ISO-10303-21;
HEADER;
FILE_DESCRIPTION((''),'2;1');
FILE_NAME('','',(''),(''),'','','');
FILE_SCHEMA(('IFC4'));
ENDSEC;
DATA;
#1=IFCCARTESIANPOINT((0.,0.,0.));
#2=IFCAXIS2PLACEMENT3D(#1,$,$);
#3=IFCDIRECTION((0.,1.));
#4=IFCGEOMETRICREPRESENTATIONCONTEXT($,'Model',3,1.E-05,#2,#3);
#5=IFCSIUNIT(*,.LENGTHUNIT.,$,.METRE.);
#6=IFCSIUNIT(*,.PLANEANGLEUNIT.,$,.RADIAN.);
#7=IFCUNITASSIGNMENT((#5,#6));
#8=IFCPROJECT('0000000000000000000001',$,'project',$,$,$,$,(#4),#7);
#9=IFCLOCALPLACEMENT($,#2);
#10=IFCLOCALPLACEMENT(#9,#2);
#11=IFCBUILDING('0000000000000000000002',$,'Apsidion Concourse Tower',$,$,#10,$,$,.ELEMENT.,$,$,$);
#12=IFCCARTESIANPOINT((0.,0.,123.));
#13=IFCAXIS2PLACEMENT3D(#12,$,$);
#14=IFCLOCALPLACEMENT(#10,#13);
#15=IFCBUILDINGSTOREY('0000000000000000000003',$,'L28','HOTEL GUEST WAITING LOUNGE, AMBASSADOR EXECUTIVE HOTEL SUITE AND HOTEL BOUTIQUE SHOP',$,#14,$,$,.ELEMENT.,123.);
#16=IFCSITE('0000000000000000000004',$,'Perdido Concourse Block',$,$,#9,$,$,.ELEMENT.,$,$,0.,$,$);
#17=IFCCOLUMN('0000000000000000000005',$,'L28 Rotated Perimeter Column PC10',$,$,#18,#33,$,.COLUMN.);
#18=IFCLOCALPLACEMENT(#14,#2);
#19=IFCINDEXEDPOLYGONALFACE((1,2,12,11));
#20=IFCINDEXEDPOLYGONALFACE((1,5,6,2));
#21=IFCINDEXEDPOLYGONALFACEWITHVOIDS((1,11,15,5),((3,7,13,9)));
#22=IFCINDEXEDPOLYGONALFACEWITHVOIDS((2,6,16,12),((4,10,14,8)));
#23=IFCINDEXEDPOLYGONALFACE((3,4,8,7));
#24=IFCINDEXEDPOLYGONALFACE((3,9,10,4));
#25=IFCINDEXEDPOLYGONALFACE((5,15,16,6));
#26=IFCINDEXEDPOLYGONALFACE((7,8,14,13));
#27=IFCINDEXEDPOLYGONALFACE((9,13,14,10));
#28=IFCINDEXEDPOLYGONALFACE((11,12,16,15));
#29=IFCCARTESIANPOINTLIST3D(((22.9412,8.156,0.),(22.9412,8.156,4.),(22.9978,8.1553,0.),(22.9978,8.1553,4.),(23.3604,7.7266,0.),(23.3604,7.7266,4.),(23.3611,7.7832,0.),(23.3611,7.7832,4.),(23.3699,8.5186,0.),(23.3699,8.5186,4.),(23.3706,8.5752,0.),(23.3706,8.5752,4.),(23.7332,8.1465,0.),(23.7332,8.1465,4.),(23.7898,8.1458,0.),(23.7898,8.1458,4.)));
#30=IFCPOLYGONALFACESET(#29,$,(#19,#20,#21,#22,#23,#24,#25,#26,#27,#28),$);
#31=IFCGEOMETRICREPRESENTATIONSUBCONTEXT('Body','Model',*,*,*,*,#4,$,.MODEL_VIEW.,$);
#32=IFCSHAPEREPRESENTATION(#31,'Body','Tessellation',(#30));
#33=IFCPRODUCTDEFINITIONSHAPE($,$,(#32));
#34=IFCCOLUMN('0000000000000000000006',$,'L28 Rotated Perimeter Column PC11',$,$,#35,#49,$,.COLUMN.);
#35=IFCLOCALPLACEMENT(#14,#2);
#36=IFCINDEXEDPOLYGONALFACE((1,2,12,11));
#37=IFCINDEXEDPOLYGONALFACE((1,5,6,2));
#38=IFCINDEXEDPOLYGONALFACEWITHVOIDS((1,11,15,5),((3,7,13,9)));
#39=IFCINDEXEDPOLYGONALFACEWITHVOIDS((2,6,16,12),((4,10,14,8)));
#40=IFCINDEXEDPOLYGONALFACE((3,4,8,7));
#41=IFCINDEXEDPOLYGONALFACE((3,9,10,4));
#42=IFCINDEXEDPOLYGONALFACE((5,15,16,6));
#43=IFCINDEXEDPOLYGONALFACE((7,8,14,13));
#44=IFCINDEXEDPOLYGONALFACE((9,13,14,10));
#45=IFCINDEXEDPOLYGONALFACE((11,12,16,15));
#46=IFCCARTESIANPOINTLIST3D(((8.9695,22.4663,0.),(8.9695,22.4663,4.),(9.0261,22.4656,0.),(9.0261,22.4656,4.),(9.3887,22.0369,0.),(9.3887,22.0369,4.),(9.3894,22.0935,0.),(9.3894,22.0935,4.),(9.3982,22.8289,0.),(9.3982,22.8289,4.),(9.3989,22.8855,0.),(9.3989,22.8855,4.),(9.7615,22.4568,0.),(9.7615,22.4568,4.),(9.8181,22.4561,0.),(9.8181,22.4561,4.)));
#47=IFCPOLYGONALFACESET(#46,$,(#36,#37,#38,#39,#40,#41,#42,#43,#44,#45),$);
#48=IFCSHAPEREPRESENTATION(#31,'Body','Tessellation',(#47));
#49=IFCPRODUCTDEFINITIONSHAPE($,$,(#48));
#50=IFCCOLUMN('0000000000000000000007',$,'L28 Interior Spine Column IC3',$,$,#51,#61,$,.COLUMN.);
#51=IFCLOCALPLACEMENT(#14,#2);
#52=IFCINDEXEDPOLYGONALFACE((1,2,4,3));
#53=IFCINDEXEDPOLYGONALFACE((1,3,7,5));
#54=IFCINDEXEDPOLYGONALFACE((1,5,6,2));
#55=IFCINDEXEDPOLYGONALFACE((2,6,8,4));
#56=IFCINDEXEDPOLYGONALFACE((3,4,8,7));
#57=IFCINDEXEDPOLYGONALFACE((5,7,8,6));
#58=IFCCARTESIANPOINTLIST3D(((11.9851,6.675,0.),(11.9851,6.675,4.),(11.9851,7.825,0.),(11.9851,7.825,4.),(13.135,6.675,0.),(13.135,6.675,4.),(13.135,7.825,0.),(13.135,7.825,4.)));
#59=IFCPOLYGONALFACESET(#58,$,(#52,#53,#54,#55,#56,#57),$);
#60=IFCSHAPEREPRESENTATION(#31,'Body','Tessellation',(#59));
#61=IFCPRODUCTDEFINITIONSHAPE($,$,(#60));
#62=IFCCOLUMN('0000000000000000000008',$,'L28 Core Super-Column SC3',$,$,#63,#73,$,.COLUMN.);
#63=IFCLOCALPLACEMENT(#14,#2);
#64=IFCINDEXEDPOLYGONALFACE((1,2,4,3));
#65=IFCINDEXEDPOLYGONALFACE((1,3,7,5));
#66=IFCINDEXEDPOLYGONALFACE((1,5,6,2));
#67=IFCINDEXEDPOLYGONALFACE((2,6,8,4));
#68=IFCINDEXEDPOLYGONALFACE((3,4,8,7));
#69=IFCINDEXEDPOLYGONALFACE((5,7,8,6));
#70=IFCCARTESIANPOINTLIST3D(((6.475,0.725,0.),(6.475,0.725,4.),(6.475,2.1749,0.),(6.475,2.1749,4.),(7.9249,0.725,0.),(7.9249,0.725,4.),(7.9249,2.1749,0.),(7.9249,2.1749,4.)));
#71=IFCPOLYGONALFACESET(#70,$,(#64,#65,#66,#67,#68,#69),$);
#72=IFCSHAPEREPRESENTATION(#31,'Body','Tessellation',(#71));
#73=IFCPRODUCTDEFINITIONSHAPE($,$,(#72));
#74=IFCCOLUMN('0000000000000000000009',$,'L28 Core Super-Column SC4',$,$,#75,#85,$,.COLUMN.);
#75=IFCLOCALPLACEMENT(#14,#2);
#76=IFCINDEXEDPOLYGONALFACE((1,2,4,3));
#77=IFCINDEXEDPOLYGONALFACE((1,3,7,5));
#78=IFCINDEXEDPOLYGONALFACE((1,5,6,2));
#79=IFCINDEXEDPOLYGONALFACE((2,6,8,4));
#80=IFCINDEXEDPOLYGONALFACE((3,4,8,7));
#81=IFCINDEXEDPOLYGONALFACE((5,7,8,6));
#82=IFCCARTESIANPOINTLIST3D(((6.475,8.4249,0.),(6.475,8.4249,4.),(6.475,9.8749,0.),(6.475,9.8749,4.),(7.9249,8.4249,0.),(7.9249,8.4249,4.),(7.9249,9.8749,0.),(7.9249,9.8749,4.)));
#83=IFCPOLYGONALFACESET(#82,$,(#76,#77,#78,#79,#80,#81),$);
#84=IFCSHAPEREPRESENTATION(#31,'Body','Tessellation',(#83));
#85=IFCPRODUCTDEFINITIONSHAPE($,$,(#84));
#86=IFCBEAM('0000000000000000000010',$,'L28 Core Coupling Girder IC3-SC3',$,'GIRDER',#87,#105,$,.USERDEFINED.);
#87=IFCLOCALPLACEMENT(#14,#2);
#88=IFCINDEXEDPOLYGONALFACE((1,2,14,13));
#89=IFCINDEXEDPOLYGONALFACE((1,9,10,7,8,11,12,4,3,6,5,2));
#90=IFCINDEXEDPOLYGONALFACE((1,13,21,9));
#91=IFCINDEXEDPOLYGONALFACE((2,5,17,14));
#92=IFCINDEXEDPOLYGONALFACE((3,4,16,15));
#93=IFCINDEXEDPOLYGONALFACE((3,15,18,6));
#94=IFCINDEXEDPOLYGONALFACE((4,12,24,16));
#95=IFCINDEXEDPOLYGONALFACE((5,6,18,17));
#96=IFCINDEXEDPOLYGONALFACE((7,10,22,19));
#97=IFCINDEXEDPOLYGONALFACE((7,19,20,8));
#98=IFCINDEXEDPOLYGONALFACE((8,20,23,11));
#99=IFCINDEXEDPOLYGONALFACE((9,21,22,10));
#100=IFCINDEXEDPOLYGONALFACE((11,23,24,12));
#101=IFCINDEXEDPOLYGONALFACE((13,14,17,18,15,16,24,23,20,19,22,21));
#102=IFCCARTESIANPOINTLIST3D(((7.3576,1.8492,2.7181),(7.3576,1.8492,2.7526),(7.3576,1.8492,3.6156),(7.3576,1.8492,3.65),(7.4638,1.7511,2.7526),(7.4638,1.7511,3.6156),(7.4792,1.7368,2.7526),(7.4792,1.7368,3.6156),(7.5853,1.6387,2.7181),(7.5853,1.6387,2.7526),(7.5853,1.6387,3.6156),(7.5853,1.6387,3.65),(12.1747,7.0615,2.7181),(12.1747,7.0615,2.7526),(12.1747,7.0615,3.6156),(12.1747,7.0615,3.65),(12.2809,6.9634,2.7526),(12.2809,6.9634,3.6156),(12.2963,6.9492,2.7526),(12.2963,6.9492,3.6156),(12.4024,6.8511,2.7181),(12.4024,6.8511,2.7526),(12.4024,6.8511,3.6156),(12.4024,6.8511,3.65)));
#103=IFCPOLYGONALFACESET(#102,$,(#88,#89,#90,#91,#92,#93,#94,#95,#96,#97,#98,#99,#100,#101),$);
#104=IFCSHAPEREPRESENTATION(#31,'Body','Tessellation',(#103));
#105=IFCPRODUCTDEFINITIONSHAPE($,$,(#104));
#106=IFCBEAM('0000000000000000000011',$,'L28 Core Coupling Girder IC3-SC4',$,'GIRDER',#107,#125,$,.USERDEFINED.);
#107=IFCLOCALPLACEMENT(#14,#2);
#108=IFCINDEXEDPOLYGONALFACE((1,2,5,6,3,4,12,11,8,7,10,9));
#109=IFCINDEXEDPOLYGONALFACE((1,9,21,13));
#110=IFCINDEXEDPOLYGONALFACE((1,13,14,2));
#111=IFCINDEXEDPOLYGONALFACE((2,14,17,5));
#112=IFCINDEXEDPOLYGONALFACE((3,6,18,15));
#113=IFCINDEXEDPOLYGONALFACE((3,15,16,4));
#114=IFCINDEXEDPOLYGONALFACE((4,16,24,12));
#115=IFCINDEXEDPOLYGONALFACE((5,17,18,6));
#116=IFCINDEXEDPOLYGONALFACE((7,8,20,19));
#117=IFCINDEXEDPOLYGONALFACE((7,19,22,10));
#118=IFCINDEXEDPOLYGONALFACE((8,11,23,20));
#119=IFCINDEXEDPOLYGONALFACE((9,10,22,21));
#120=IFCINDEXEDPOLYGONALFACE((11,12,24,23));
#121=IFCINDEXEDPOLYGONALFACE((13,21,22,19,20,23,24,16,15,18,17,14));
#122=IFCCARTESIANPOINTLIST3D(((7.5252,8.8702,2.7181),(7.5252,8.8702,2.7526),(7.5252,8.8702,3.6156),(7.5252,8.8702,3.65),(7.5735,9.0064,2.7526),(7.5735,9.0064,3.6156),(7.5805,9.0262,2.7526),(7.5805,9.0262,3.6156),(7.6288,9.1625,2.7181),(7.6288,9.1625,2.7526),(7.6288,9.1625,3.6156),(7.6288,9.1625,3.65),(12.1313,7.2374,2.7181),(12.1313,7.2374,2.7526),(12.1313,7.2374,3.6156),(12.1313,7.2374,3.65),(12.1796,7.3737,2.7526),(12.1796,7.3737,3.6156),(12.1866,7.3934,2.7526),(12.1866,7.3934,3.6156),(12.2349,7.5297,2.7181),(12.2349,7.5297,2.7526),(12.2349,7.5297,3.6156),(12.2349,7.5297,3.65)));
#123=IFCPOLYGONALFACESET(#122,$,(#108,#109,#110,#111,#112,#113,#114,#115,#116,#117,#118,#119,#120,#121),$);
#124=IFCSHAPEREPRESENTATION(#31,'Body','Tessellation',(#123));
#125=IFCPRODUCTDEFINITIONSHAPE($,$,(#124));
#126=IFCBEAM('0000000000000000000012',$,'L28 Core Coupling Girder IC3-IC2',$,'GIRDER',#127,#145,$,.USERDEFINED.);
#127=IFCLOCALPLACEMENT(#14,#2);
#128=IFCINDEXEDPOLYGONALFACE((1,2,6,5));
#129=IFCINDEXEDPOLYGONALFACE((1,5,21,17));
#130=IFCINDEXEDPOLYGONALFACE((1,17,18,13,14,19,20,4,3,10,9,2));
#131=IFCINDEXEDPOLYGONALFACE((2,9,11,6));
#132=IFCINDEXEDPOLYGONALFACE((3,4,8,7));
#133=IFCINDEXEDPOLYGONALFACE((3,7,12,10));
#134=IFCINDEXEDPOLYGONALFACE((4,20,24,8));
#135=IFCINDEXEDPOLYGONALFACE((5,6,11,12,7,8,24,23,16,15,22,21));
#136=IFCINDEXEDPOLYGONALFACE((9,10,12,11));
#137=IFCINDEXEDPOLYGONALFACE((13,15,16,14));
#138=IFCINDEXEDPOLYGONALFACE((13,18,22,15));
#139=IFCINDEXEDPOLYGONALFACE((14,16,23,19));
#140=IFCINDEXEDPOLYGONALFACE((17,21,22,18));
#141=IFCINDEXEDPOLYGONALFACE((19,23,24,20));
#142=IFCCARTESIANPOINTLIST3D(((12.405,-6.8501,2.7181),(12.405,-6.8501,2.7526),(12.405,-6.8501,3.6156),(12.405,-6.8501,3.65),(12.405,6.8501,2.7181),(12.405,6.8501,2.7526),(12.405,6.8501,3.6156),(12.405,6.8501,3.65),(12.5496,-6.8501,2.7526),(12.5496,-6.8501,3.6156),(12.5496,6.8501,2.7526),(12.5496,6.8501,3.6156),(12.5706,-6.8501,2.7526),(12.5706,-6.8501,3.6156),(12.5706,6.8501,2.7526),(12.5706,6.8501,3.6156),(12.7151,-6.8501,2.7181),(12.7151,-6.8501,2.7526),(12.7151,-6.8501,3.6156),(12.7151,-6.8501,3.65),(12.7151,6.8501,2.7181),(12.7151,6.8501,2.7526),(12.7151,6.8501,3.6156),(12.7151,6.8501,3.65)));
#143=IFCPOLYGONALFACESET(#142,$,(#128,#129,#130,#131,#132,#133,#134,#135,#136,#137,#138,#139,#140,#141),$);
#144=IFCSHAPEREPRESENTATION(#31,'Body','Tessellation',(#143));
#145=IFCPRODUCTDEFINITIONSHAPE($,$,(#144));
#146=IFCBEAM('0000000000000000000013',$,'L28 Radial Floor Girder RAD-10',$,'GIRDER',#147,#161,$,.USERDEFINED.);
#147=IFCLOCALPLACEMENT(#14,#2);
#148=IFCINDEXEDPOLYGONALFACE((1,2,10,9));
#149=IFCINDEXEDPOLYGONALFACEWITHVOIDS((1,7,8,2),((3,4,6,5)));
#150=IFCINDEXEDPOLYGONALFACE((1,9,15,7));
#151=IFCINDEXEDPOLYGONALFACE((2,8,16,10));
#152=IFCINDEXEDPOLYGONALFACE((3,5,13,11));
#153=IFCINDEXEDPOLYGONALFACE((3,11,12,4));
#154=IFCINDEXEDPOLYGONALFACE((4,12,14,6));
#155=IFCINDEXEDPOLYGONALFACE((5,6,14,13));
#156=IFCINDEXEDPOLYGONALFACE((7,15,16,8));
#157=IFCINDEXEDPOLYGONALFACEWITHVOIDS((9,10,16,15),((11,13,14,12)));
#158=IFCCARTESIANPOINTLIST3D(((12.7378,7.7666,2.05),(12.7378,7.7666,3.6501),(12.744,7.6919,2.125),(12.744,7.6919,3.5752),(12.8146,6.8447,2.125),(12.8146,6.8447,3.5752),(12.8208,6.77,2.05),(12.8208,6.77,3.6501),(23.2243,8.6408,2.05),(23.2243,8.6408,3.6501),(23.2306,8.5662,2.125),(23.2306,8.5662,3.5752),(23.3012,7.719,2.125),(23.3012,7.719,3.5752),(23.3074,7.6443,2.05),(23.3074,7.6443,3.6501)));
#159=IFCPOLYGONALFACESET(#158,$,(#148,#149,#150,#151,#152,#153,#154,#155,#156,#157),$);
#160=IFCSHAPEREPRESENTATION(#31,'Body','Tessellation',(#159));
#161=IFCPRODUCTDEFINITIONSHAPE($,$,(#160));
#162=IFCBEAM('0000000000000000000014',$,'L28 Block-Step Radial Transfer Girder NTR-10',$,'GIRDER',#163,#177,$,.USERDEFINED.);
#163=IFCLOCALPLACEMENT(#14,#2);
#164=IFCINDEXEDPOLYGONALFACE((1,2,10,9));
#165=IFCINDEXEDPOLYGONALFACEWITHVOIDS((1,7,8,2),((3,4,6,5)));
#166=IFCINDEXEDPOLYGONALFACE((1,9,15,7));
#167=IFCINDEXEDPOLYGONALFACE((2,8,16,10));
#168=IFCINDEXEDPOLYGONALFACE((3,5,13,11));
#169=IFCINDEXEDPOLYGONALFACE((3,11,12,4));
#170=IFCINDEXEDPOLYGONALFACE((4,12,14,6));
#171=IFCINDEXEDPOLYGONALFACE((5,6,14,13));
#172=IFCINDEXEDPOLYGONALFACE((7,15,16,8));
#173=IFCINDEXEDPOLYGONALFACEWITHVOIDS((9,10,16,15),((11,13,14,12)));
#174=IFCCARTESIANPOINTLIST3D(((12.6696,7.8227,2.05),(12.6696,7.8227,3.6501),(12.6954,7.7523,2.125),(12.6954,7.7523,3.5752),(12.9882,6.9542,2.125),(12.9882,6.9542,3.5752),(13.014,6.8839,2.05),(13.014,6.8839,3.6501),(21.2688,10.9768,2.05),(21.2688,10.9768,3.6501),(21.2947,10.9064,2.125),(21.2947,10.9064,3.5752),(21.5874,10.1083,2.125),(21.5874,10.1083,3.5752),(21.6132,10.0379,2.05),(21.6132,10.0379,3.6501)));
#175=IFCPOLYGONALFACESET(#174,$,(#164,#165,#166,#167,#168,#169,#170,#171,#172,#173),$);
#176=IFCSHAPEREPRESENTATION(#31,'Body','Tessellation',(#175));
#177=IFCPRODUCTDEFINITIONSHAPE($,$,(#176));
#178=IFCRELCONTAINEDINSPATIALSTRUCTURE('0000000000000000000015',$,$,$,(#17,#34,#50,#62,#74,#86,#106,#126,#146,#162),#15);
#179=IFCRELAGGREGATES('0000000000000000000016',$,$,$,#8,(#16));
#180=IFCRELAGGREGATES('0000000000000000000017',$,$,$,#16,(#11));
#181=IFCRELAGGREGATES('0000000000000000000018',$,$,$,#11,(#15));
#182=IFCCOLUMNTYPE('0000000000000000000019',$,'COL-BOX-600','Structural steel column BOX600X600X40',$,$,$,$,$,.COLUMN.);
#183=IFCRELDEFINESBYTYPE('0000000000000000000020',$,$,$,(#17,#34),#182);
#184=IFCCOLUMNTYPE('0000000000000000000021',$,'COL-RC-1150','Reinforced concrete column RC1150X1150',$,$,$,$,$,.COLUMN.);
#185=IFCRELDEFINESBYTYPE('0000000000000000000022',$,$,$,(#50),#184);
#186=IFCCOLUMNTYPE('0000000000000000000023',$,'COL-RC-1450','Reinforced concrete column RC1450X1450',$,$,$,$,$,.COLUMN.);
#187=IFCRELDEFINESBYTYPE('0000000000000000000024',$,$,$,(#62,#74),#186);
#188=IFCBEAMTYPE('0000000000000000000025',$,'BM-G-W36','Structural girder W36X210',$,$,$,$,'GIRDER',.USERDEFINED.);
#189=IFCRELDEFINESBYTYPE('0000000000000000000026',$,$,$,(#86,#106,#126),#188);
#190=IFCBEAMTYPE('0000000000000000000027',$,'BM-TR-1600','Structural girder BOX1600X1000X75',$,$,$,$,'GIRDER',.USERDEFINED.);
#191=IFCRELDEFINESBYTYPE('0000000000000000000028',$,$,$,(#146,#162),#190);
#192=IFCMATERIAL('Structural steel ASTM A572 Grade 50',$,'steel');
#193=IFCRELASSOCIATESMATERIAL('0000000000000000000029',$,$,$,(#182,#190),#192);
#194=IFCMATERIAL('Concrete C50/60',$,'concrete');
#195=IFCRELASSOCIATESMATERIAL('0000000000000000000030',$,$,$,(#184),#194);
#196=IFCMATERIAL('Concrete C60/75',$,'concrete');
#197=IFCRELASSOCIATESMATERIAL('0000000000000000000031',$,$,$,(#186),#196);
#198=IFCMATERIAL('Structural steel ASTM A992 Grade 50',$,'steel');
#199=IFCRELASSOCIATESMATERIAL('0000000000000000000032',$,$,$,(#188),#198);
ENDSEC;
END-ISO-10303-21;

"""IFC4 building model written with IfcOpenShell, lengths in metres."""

from ifc_helpers import new_model, si_unit, direction, frame, origin, origin_2d, place, context, subcontext, project, spatial, rectangle, hollow_rectangle, i_section, extrude, material, material_profile, profile_set, type_object, element, save


model = new_model("IFC4")

# Units and contexts
model_context = context("Model", 3, precision=1e-05, world=origin(), true_north=direction((0.0, 1.0)))
body_context = subcontext(model_context, "Body", "Model", "MODEL_VIEW")
ifc_project = project(units=[si_unit("LENGTHUNIT", "METRE"), si_unit("PLANEANGLEUNIT", "RADIAN")], contexts=[model_context])

# Site, building, storey
site_placement = place(None, origin())
site = spatial("IfcSite", under=ifc_project, at=site_placement, Name="Perdido Concourse Block", CompositionType="ELEMENT", RefElevation=0.0)
building_placement = place(site_placement, origin())
building = spatial("IfcBuilding", under=site, at=building_placement, Name="Apsidion Concourse Tower", CompositionType="ELEMENT")
storey_placement = place(building_placement, frame((0.0, 0.0, 123.0)))
storey = spatial("IfcBuildingStorey", under=building, at=storey_placement, Name="L28", Description="HOTEL GUEST WAITING LOUNGE, AMBASSADOR EXECUTIVE HOTEL SUITE AND HOTEL BOUTIQUE SHOP", CompositionType="ELEMENT", Elevation=123.0)

# Columns
ifc_material_1 = material(Name="Structural steel ASTM A572 Grade 50", Category="steel")
ifc_material_profile_1 = material_profile(ifc_material_1, hollow_rectangle(XDim=0.6001, YDim=0.6001, WallThickness=0.04, at=origin_2d()), Name="BOX600X600X40")
ifc_profile_set_1 = profile_set([ifc_material_profile_1], Name="Structural steel ASTM A572 Grade 50")
column_type_1 = type_object("IfcColumnType", Name="COL-BOX-600", Description="Structural steel column BOX600X600X40", PredefinedType="COLUMN", material=ifc_profile_set_1)
for number, where, z_axis, x_axis, name in (
    (1, (23.3655, 8.1509, 0.0), (0.0, 0.0, 1.0), (-0.69854, 0.715571, 0.0), "L28 Rotated Perimeter Column PC10"),
    (2, (9.3938, 22.4612, 0.0), (0.0, 0.0, 1.0), (-0.69854, 0.715571, 0.0), "L28 Rotated Perimeter Column PC11"),
):
    element("IfcColumn", number, at=place(storey_placement, frame(where, z_axis=z_axis, x_axis=x_axis)), inside=storey, type_object=column_type_1, Name=name, PredefinedType="COLUMN", context=body_context, shape_type="SweptSolid", body=[
        extrude(hollow_rectangle(XDim=0.6001, YDim=0.6001, WallThickness=0.04, at=origin_2d()), origin(), (0.0, 0.0, 1.0), 4.0),
    ])
ifc_material_2 = material(Name="Concrete C50/60", Category="concrete")
ifc_material_profile_2 = material_profile(ifc_material_2, rectangle(XDim=1.1499, YDim=1.1499, at=origin_2d()), Name="RC 1150x1150")
ifc_profile_set_2 = profile_set([ifc_material_profile_2], Name="Concrete C50/60")
column_type_2 = type_object("IfcColumnType", Name="COL-RC-1150", Description="Reinforced concrete column RC1150X1150", PredefinedType="COLUMN", material=ifc_profile_set_2)
column_placement = place(storey_placement, frame((12.5601, 7.25, 0.0), z_axis=(0.0, 0.0, 1.0), x_axis=(1.0, 0.0, 0.0)))
element("IfcColumn", 3, at=column_placement, inside=storey, type_object=column_type_2, Name="L28 Interior Spine Column IC3", PredefinedType="COLUMN", context=body_context, shape_type="SweptSolid", body=[
    extrude(rectangle(XDim=1.1499, YDim=1.1499, at=origin_2d()), origin(), (0.0, 0.0, 1.0), 4.0),
])
ifc_material_3 = material(Name="Concrete C60/75", Category="concrete")
ifc_material_profile_3 = material_profile(ifc_material_3, rectangle(XDim=1.45, YDim=1.45, at=origin_2d()), Name="RC 1450x1450")
ifc_profile_set_3 = profile_set([ifc_material_profile_3], Name="Concrete C60/75")
column_type_3 = type_object("IfcColumnType", Name="COL-RC-1450", Description="Reinforced concrete column RC1450X1450", PredefinedType="COLUMN", material=ifc_profile_set_3)
for number, where, z_axis, x_axis, name in (
    (4, (7.2, 1.45, 0.0), (0.0, 0.0, 1.0), (1.0, 0.0, 0.0), "L28 Core Super-Column SC3"),
    (5, (7.2, 9.1499, 0.0), (0.0, 0.0, 1.0), (1.0, 0.0, 0.0), "L28 Core Super-Column SC4"),
):
    element("IfcColumn", number, at=place(storey_placement, frame(where, z_axis=z_axis, x_axis=x_axis)), inside=storey, type_object=column_type_3, Name=name, PredefinedType="COLUMN", context=body_context, shape_type="SweptSolid", body=[
        extrude(rectangle(XDim=1.45, YDim=1.45, at=origin_2d()), origin(), (0.0, 0.0, 1.0), 4.0),
    ])

# Beams
ifc_material_4 = material(Name="Structural steel ASTM A992 Grade 50", Category="steel")
ifc_material_profile_4 = material_profile(ifc_material_4, i_section(OverallWidth=0.3101, OverallDepth=0.9319, WebThickness=0.021, FlangeThickness=0.0344, at=origin_2d()), Name="W36X210")
ifc_profile_set_4 = profile_set([ifc_material_profile_4], Name="Structural steel ASTM A992 Grade 50")
beam_type_1 = type_object("IfcBeamType", Name="BM-G-W36", Description="Structural girder W36X210", ElementType="GIRDER", PredefinedType="USERDEFINED", material=ifc_profile_set_4)
beam_1_placement = place(storey_placement, frame((12.2886, 6.9563, 3.1841), z_axis=(-0.678713, -0.734404, 0.0), x_axis=(0.734404, -0.678713, 0.0)))
element("IfcBeam", 6, at=beam_1_placement, inside=storey, type_object=beam_type_1, Name="L28 Core Coupling Girder IC3-SC3", ObjectType="GIRDER", PredefinedType="USERDEFINED", context=body_context, shape_type="SweptSolid", body=[
    extrude(i_section(OverallWidth=0.3101, OverallDepth=0.9319, WebThickness=0.021, FlangeThickness=0.0344, at=origin_2d()), origin(), (0.0, 0.0, 1.0), 7.0974),
])
beam_2_placement = place(storey_placement, frame((12.1831, 7.3835, 3.1841), z_axis=(-0.942534, 0.334111, 0.0), x_axis=(-0.334111, -0.942534, 0.0)))
element("IfcBeam", 7, at=beam_2_placement, inside=storey, type_object=beam_type_1, Name="L28 Core Coupling Girder IC3-SC4", ObjectType="GIRDER", PredefinedType="USERDEFINED", context=body_context, shape_type="SweptSolid", body=[
    extrude(i_section(OverallWidth=0.3101, OverallDepth=0.9319, WebThickness=0.021, FlangeThickness=0.0344, at=origin_2d()), origin(), (0.0, 0.0, 1.0), 4.887),
])
beam_3_placement = place(storey_placement, frame((12.5601, 6.8501, 3.1841), z_axis=(0.0, -1.0, 0.0), x_axis=(1.0, 0.0, 0.0)))
element("IfcBeam", 8, at=beam_3_placement, inside=storey, type_object=beam_type_1, Name="L28 Core Coupling Girder IC3-IC2", ObjectType="GIRDER", PredefinedType="USERDEFINED", context=body_context, shape_type="SweptSolid", body=[
    extrude(i_section(OverallWidth=0.3101, OverallDepth=0.9319, WebThickness=0.021, FlangeThickness=0.0344, at=origin_2d()), origin(), (0.0, 0.0, 1.0), 13.7002),
])
ifc_material_profile_5 = material_profile(ifc_material_1, hollow_rectangle(XDim=1.0, YDim=1.6001, WallThickness=0.075, at=origin_2d()), Name="BOX1600X1000X75")
ifc_profile_set_5 = profile_set([ifc_material_profile_5], Name="Structural steel ASTM A572 Grade 50")
beam_type_2 = type_object("IfcBeamType", Name="BM-TR-1600", Description="Structural girder BOX1600X1000X75", ElementType="GIRDER", PredefinedType="USERDEFINED", material=ifc_profile_set_5)
beam_4_placement = place(storey_placement, frame((12.7793, 7.2683, 2.8501), z_axis=(0.996543, 0.083082, 0.0), x_axis=(-0.083082, 0.996543, 0.0)))
element("IfcBeam", 9, at=beam_4_placement, inside=storey, type_object=beam_type_2, Name="L28 Radial Floor Girder RAD-10", ObjectType="GIRDER", PredefinedType="USERDEFINED", context=body_context, shape_type="SweptSolid", body=[
    extrude(hollow_rectangle(XDim=1.0, YDim=1.6001, WallThickness=0.075, at=origin_2d()), origin(), (0.0, 0.0, 1.0), 10.5229),
])
beam_5_placement = place(storey_placement, frame((12.8418, 7.3533, 2.8501), z_axis=(0.93884, 0.344355, 0.0), x_axis=(-0.344355, 0.93884, 0.0)))
element("IfcBeam", 10, at=beam_5_placement, inside=storey, type_object=beam_type_2, Name="L28 Block-Step Radial Transfer Girder NTR-10", ObjectType="GIRDER", PredefinedType="USERDEFINED", context=body_context, shape_type="SweptSolid", body=[
    extrude(hollow_rectangle(XDim=1.0, YDim=1.6001, WallThickness=0.075, at=origin_2d()), origin(), (0.0, 0.0, 1.0), 9.1594),
])

save(model, "model.ifc")
